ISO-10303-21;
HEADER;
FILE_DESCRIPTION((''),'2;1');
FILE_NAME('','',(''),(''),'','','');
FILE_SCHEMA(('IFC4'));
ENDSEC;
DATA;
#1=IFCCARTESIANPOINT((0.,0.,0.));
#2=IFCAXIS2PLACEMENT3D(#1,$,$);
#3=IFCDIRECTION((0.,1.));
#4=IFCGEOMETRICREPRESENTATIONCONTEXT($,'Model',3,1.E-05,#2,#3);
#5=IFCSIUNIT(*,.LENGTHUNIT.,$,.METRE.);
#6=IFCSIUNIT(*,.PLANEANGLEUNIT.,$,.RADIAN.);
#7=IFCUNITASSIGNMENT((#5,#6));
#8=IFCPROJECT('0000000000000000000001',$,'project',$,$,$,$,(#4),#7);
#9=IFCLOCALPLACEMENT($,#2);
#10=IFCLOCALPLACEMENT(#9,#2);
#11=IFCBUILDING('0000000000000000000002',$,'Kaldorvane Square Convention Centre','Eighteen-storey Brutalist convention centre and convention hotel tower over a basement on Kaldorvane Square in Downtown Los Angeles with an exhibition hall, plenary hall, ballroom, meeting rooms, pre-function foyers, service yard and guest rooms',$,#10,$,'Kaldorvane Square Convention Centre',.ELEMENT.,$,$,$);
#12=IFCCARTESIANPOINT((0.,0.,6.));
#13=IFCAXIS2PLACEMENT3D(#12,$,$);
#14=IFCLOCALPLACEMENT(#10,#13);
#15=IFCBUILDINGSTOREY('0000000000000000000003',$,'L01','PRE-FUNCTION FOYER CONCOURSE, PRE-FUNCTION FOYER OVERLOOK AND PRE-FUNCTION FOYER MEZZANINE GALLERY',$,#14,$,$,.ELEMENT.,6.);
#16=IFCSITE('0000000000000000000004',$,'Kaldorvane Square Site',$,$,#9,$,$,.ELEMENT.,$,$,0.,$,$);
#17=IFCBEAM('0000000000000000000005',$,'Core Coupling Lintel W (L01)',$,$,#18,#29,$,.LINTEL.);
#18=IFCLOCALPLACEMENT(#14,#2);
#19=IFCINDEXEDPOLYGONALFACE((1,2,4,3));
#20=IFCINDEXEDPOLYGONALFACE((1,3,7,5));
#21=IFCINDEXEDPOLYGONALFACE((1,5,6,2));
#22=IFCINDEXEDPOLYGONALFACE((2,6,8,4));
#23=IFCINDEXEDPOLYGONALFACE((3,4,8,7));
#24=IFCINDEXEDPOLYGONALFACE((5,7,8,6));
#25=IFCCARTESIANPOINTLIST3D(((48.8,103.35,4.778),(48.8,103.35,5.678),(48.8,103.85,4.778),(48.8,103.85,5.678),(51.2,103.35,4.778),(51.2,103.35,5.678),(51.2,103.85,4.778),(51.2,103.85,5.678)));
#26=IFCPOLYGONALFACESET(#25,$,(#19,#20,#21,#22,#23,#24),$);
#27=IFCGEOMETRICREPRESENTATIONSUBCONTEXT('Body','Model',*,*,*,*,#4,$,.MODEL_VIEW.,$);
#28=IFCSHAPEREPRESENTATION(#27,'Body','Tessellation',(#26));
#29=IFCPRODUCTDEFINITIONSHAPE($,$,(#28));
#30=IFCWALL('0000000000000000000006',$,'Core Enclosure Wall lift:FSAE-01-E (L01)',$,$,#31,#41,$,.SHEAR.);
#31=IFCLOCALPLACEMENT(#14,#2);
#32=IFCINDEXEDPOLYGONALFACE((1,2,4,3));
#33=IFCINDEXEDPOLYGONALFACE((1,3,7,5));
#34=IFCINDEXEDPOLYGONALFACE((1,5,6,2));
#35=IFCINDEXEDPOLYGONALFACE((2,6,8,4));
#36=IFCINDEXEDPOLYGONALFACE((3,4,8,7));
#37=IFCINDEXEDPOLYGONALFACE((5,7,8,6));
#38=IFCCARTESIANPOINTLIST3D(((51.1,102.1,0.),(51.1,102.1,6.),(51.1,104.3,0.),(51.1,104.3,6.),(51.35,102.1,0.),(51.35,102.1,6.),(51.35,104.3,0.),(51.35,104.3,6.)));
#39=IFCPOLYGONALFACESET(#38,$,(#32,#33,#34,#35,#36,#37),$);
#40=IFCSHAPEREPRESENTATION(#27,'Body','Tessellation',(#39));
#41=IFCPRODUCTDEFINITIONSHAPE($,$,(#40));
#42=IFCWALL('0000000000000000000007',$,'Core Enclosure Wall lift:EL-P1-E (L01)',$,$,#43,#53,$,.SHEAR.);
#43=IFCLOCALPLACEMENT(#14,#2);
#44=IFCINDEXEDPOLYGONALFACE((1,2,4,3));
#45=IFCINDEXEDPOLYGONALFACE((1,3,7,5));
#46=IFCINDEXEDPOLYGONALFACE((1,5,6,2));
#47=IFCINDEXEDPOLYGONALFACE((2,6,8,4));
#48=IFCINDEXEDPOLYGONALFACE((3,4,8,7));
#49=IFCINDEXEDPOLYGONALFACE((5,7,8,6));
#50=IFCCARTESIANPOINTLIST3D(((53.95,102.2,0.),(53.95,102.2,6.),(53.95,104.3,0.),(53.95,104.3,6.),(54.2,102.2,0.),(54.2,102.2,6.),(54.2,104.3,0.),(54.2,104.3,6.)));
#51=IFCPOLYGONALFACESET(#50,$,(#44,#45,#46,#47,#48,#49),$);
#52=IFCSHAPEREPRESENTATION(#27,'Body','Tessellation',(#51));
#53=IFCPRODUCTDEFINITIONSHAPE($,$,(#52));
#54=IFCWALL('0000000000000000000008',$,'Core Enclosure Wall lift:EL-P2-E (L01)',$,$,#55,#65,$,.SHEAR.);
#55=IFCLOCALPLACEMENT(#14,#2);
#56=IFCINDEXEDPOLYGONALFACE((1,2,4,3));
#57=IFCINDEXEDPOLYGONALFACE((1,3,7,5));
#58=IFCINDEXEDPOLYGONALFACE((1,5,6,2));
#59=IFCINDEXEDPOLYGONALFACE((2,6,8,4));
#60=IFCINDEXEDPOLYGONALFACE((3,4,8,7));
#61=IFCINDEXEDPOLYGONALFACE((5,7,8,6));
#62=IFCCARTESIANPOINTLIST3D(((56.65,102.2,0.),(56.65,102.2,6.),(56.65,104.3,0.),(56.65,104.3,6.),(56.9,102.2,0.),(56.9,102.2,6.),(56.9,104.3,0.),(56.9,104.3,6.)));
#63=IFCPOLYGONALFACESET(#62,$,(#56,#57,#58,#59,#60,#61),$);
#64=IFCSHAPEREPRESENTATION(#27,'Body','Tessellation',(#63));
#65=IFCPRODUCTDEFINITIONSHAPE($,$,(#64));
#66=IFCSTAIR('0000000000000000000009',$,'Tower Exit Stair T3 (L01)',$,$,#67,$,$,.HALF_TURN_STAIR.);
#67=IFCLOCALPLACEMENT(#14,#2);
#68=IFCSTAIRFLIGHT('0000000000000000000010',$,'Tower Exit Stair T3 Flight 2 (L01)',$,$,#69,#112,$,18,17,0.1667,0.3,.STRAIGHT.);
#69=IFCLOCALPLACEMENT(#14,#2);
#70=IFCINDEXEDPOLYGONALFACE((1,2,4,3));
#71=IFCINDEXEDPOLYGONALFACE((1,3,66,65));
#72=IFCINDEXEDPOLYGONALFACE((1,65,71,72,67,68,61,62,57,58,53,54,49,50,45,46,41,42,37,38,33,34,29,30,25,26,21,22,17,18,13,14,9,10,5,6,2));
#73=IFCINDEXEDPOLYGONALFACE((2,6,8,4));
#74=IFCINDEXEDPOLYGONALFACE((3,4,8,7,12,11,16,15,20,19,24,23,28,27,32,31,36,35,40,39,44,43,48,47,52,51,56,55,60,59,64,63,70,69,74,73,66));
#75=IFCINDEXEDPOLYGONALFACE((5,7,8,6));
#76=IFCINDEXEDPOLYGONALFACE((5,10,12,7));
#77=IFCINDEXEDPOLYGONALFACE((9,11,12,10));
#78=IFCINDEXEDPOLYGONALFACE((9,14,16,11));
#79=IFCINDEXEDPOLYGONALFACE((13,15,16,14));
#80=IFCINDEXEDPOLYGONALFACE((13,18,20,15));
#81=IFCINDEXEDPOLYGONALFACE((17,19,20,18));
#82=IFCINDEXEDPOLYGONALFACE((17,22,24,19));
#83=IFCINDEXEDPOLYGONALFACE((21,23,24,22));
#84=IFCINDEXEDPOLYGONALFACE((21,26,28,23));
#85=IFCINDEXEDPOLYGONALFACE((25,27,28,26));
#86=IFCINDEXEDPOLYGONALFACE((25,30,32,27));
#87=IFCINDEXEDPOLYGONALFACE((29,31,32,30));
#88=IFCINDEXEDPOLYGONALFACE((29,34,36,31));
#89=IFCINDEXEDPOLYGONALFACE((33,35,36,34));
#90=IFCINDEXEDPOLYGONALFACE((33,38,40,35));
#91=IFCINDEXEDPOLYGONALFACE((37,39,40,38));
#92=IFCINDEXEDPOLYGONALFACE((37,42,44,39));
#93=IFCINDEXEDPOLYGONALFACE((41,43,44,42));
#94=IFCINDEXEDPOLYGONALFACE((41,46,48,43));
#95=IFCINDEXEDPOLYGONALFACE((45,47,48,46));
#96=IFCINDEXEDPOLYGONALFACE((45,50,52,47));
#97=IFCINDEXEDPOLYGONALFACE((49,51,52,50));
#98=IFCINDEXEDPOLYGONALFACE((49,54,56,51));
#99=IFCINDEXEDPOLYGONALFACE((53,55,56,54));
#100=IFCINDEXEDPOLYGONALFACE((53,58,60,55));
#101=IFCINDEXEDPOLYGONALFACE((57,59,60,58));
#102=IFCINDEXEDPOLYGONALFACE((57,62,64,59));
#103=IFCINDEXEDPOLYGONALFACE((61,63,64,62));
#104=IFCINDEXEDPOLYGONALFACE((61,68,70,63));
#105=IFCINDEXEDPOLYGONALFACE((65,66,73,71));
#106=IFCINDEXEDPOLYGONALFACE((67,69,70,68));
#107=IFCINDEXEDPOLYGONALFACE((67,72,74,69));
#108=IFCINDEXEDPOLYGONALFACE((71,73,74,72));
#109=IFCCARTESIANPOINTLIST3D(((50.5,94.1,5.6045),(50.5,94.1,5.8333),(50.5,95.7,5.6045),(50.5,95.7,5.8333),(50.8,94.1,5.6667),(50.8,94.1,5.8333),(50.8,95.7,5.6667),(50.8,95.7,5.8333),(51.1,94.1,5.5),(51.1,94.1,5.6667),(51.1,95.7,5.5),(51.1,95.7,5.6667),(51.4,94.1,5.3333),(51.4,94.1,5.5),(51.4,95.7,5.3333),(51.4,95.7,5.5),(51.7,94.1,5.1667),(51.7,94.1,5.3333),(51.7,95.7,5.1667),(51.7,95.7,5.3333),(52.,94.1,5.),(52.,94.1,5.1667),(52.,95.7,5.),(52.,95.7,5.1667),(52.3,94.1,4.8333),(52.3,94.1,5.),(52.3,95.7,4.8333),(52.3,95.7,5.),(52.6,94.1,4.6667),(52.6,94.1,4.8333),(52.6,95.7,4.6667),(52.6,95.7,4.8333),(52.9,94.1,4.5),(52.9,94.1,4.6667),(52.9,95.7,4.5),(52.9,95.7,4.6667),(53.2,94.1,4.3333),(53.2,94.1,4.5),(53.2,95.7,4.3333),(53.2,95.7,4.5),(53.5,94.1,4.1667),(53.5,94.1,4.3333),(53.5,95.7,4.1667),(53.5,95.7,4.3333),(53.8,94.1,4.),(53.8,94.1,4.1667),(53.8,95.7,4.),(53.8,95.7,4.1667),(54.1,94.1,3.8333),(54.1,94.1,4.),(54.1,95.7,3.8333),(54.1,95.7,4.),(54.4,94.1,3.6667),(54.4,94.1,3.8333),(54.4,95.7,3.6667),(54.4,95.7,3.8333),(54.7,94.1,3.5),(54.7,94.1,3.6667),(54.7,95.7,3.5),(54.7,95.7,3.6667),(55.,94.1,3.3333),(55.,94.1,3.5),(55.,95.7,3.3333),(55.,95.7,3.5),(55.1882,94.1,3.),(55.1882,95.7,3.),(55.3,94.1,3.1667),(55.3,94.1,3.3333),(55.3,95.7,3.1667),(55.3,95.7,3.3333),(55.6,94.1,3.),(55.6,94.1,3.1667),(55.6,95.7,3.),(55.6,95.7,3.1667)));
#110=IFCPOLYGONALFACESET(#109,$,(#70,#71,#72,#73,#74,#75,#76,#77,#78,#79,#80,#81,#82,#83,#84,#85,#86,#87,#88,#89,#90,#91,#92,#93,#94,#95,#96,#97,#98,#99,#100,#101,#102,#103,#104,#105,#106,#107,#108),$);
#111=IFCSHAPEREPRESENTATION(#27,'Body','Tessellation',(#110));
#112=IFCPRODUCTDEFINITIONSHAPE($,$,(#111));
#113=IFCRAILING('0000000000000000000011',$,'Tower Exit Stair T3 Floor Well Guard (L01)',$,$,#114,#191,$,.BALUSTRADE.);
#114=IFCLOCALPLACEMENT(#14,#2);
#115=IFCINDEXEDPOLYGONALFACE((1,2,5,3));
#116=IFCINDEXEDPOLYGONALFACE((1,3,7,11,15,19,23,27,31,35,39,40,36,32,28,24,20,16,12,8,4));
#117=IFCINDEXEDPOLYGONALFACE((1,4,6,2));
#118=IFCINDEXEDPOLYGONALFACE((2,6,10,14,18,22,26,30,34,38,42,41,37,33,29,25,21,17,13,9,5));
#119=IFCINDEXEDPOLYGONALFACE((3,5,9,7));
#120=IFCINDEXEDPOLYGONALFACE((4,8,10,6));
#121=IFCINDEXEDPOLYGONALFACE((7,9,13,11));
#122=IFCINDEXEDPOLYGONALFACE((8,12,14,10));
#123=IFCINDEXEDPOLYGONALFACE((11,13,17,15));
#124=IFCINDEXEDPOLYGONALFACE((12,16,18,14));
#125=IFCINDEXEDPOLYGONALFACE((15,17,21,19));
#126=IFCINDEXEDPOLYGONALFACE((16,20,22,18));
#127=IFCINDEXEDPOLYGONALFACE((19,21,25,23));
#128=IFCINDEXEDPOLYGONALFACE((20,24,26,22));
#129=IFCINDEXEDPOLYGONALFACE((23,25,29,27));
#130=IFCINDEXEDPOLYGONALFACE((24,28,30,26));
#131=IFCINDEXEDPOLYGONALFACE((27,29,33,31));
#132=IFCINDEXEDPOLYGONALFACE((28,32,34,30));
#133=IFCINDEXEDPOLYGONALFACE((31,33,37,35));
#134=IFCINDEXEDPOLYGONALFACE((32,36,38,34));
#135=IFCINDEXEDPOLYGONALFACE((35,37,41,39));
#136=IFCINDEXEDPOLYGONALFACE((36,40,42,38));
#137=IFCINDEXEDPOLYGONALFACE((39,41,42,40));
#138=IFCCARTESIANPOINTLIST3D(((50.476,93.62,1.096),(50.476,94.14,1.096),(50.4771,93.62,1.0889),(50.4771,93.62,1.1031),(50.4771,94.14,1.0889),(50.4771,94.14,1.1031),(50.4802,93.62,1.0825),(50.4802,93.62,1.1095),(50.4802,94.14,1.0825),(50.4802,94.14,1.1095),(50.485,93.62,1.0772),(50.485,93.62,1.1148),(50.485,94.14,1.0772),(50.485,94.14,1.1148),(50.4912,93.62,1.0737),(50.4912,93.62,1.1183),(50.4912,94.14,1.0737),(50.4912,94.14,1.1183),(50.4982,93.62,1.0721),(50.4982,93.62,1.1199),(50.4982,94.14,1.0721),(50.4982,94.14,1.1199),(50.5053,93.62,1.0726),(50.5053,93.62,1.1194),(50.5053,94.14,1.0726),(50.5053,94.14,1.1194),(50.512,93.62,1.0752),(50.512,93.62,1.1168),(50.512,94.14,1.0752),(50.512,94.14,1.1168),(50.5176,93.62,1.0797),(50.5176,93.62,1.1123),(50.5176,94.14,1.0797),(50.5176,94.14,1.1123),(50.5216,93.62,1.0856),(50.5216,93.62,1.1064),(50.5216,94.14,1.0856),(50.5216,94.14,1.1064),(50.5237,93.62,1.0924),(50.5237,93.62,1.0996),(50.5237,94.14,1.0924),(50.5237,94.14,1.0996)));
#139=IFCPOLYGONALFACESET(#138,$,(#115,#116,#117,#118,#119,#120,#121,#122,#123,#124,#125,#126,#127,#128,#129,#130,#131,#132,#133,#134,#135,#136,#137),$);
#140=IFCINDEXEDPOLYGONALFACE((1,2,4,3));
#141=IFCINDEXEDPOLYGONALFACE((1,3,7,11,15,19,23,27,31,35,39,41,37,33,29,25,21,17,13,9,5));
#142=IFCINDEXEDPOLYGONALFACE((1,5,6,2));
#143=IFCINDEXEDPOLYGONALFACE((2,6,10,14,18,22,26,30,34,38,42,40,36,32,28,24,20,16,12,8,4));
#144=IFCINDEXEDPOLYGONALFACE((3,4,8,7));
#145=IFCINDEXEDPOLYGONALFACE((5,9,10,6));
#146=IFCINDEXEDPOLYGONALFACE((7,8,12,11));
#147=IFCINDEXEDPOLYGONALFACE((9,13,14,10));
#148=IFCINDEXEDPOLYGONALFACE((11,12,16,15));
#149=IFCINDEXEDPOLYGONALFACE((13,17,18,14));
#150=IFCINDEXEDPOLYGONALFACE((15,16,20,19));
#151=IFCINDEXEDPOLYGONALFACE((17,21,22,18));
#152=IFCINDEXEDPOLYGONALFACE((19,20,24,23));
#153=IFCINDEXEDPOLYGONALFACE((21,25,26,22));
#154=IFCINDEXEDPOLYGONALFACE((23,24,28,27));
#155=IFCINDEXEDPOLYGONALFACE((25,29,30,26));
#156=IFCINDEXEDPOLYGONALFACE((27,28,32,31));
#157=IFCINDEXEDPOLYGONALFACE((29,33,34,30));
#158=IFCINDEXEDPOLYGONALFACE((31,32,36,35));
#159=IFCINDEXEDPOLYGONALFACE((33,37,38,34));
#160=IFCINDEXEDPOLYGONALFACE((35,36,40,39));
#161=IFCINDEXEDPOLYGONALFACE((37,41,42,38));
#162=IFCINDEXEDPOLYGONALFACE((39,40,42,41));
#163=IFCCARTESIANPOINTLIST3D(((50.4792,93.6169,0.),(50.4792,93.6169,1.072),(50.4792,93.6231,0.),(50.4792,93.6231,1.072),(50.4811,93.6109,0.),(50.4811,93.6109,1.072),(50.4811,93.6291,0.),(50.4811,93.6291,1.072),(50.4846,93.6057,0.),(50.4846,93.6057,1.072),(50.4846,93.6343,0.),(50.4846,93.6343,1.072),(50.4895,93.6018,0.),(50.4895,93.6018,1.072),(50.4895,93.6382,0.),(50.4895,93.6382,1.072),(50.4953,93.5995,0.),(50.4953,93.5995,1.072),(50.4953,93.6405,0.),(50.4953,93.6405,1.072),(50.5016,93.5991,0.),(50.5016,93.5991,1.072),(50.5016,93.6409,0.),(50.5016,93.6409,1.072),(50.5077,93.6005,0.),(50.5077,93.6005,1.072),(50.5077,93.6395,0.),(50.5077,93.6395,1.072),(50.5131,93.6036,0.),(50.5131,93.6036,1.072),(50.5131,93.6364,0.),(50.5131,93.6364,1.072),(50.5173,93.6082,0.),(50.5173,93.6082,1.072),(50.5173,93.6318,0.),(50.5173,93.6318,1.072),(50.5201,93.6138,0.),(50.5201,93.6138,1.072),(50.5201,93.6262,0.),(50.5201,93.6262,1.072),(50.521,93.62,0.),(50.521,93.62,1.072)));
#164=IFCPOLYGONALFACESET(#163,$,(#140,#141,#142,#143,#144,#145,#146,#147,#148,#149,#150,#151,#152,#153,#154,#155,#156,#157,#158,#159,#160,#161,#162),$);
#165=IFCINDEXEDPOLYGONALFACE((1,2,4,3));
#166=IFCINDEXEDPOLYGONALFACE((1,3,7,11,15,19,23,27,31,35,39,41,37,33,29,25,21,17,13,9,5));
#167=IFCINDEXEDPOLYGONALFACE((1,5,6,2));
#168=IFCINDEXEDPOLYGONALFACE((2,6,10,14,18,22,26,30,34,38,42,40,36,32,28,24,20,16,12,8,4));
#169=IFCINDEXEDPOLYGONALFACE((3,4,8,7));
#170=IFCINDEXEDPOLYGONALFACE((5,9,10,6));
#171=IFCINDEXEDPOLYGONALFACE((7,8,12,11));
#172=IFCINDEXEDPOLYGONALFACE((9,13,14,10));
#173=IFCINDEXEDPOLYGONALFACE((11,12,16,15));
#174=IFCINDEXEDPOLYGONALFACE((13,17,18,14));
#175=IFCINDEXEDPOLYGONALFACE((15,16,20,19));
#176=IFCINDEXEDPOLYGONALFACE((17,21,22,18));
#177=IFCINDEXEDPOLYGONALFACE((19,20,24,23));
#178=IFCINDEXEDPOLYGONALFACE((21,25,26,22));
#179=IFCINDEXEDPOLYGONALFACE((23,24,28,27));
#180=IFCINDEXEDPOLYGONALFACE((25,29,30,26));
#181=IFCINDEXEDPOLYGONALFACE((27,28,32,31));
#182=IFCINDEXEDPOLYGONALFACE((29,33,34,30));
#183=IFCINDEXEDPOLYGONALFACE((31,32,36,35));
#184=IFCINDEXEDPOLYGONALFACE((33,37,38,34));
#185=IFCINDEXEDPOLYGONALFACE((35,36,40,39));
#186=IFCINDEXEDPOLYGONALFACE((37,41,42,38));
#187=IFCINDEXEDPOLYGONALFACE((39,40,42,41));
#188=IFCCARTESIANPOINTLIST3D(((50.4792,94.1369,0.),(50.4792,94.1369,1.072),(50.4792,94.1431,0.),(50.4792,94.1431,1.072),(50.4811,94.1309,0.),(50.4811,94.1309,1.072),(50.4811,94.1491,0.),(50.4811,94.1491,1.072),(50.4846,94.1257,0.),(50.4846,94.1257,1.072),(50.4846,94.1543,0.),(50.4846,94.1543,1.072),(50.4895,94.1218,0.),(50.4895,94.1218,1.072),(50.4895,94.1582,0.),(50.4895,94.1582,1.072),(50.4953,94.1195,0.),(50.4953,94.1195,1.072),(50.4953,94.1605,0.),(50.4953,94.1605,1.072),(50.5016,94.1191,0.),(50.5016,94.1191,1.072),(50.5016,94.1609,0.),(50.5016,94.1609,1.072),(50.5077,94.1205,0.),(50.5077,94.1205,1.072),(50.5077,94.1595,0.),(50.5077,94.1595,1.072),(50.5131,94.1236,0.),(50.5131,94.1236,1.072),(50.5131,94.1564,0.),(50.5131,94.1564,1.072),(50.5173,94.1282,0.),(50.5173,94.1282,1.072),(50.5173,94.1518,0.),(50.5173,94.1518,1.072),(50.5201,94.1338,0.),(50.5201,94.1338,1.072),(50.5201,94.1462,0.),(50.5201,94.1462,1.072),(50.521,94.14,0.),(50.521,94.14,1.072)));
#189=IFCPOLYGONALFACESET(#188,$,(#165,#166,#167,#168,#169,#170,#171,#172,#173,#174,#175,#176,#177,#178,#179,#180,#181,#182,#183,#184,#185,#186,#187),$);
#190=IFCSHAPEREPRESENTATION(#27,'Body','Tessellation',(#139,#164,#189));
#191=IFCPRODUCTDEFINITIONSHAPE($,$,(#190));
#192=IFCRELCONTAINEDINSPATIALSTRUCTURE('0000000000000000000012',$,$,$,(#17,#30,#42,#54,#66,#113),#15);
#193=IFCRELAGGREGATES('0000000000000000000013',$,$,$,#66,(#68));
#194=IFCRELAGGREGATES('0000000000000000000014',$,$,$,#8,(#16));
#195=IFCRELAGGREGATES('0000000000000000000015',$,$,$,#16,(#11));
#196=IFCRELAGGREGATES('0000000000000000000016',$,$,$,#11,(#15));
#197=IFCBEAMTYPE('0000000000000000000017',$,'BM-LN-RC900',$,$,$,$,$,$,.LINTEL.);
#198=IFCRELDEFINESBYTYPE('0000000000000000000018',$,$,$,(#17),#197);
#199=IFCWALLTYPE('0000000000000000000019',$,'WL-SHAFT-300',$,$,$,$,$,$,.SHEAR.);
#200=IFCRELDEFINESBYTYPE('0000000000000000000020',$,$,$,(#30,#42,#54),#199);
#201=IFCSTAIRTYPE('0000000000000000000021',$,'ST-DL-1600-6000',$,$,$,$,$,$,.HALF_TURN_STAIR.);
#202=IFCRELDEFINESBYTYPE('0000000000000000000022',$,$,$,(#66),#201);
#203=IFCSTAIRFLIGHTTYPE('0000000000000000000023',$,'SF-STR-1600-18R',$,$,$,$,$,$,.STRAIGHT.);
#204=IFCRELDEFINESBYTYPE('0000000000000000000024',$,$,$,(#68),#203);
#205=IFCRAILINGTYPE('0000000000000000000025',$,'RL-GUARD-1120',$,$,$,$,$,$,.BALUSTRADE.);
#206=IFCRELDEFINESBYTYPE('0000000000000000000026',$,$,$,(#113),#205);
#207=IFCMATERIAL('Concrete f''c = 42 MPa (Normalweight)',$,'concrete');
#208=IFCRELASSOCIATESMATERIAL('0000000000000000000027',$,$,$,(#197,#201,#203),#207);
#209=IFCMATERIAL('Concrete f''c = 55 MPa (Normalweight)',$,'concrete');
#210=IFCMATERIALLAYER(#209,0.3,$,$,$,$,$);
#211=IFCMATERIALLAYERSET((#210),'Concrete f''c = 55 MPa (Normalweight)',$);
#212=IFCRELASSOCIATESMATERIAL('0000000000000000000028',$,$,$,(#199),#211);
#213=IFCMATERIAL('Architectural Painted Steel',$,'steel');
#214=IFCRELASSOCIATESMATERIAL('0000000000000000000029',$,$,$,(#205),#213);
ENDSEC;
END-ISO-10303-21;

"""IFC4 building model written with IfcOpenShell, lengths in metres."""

from ifc_helpers import new_model, si_unit, direction, frame, frame_2d, origin, origin_2d, place, context, subcontext, project, spatial, polyline, rectangle, circle, outline, extrude, material, layer, layer_set, material_profile, profile_set, type_object, element, aggregate, save


model = new_model("IFC4")

# Units and contexts
model_context = context("Model", 3, precision=1e-05, world=origin(), true_north=direction((0.0, 1.0)))
body_context = subcontext(model_context, "Body", "Model", "MODEL_VIEW")
ifc_project = project(units=[si_unit("LENGTHUNIT", "METRE"), si_unit("PLANEANGLEUNIT", "RADIAN")], contexts=[model_context])

# Site, building, storey
site_placement = place(None, origin())
site = spatial("IfcSite", under=ifc_project, at=site_placement, Name="Kaldorvane Square Site", CompositionType="ELEMENT", RefElevation=0.0)
building_placement = place(site_placement, origin())
building = spatial("IfcBuilding", under=site, at=building_placement, Name="Kaldorvane Square Convention Centre", Description="Eighteen-storey Brutalist convention centre and convention hotel tower over a basement on Kaldorvane Square in Downtown Los Angeles with an exhibition hall, plenary hall, ballroom, meeting rooms, pre-function foyers, service yard and guest rooms", LongName="Kaldorvane Square Convention Centre", CompositionType="ELEMENT")
storey_placement = place(building_placement, frame((0.0, 0.0, 6.0)))
storey = spatial("IfcBuildingStorey", under=building, at=storey_placement, Name="L01", Description="PRE-FUNCTION FOYER CONCOURSE, PRE-FUNCTION FOYER OVERLOOK AND PRE-FUNCTION FOYER MEZZANINE GALLERY", CompositionType="ELEMENT", Elevation=6.0)

# Beam
ifc_material_1 = material(Name="Concrete f'c = 42 MPa (Normalweight)", Category="concrete")
ifc_material_profile = material_profile(ifc_material_1, rectangle(XDim=0.5, YDim=0.9, at=origin_2d()), Name="RCLN900X500")
ifc_profile_set = profile_set([ifc_material_profile], Name="Concrete f'c = 42 MPa (Normalweight)")
beam_type = type_object("IfcBeamType", Name="BM-LN-RC900", PredefinedType="LINTEL", material=ifc_profile_set)
beam_placement = place(storey_placement, frame((48.8, 103.6, 5.228), z_axis=(1.0, 0.0, 0.0), x_axis=(0.0, 1.0, 0.0)))
element("IfcBeam", 1, at=beam_placement, inside=storey, type_object=beam_type, Name="Core Coupling Lintel W (L01)", PredefinedType="LINTEL", context=body_context, shape_type="SweptSolid", body=[
    extrude(rectangle(XDim=0.5, YDim=0.9, at=origin_2d()), origin(), (0.0, 0.0, 1.0), 2.4),
])

# Shared definitions
ifc_material_2 = material(Name="Concrete f'c = 55 MPa (Normalweight)", Category="concrete")
ifc_layer = layer(ifc_material_2, 0.3)
ifc_layer_set = layer_set([ifc_layer], Name="Concrete f'c = 55 MPa (Normalweight)")
wall_type = type_object("IfcWallType", Name="WL-SHAFT-300", PredefinedType="SHEAR", material=ifc_layer_set)

# Wall
wall_1_placement = place(storey_placement, frame((51.225, 102.1, 0.0), z_axis=(0.0, 0.0, 1.0), x_axis=(0.0, 1.0, 0.0)))
element("IfcWall", 2, at=wall_1_placement, inside=storey, type_object=wall_type, Name="Core Enclosure Wall lift:FSAE-01-E (L01)", PredefinedType="SHEAR", context=body_context, shape_type="SweptSolid", body=[
    extrude(rectangle(XDim=2.2, YDim=0.25, at=frame_2d((1.1, 0.0))), origin(), (0.0, 0.0, 1.0), 6.0),
])

# Wall
wall_2_placement = place(storey_placement, frame((54.075, 102.2, 0.0), z_axis=(0.0, 0.0, 1.0), x_axis=(0.0, 1.0, 0.0)))
element("IfcWall", 3, at=wall_2_placement, inside=storey, type_object=wall_type, Name="Core Enclosure Wall lift:EL-P1-E (L01)", PredefinedType="SHEAR", context=body_context, shape_type="SweptSolid", body=[
    extrude(rectangle(XDim=2.1, YDim=0.25, at=frame_2d((1.05, 0.0))), origin(), (0.0, 0.0, 1.0), 6.0),
])

# Wall
wall_3_placement = place(storey_placement, frame((56.775, 102.2, 0.0), z_axis=(0.0, 0.0, 1.0), x_axis=(0.0, 1.0, 0.0)))
element("IfcWall", 4, at=wall_3_placement, inside=storey, type_object=wall_type, Name="Core Enclosure Wall lift:EL-P2-E (L01)", PredefinedType="SHEAR", context=body_context, shape_type="SweptSolid", body=[
    extrude(rectangle(XDim=2.1, YDim=0.25, at=frame_2d((1.05, 0.0))), origin(), (0.0, 0.0, 1.0), 6.0),
])

# Stair, stair flight
stair_type = type_object("IfcStairType", Name="ST-DL-1600-6000", PredefinedType="HALF_TURN_STAIR", material=ifc_material_1)
stair_placement = place(storey_placement, origin())
stair = element("IfcStair", 5, at=stair_placement, inside=storey, type_object=stair_type, Name="Tower Exit Stair T3 (L01)", PredefinedType="HALF_TURN_STAIR")
stair_flight_type = type_object("IfcStairFlightType", Name="SF-STR-1600-18R", PredefinedType="STRAIGHT", material=ifc_material_1)
stair_flight_placement = place(storey_placement, frame((55.6, 94.9, 3.0), z_axis=(0.0, 0.0, 1.0), x_axis=(-1.0, 0.0, 0.0)))
stair_flight = element("IfcStairFlight", 6, at=stair_flight_placement, type_object=stair_flight_type, Name="Tower Exit Stair T3 Flight 2 (L01)", NumberOfRisers=18, NumberOfTreads=17, PredefinedType="STRAIGHT", RiserHeight=0.1667, TreadLength=0.3, context=body_context, shape_type="SweptSolid", body=[
    extrude(outline(polyline([(0.0, 0.0), (0.0, 0.1667), (0.3, 0.1667), (0.3, 0.3333), (0.6, 0.3333), (0.6, 0.5), (0.9, 0.5), (0.9, 0.6667), (1.2, 0.6667), (1.2, 0.8333), (1.5, 0.8333), (1.5, 1.0), (1.8, 1.0), (1.8, 1.1667), (2.1, 1.1667), (2.1, 1.3333), (2.4, 1.3333), (2.4, 1.5), (2.7, 1.5), (2.7, 1.6667), (3.0, 1.6667), (3.0, 1.8333), (3.3, 1.8333), (3.3, 2.0), (3.6, 2.0), (3.6, 2.1667), (3.9, 2.1667), (3.9, 2.3333), (4.2, 2.3333), (4.2, 2.5), (4.5, 2.5), (4.5, 2.6667), (4.8, 2.6667), (4.8, 2.8333), (5.1, 2.8333), (5.1, 3.0), (5.1, 2.6045), (0.4118, 0.0), (0.0, 0.0)])), frame((0.0, 0.8, 0.0), z_axis=(0.0, -1.0, 0.0), x_axis=(1.0, 0.0, 0.0)), (0.0, 0.0, 1.0), 1.6),
])
aggregate(stair, [stair_flight])

# Railing
ifc_material_3 = material(Name="Architectural Painted Steel", Category="steel")
railing_type_1 = type_object("IfcRailingType", Name="RL-GUARD-1120", PredefinedType="BALUSTRADE", material=ifc_material_3)
for number, where, name in (
    (7, (50.5, 93.62, 0.0), "Tower Exit Stair T3 Floor Well Guard (L01)"),
):
    element("IfcRailing", number, at=place(storey_placement, frame(where)), inside=storey, type_object=railing_type_1, Name=name, PredefinedType="BALUSTRADE", context=body_context, shape_type="SweptSolid", body=[
        extrude(circle(Radius=0.024, at=origin_2d()), frame((0.0, 0.0, 1.096), z_axis=(0.0, 1.0, 0.0), x_axis=(-1.0, 0.0, 0.0)), (0.0, 0.0, 1.0), 0.52),
        extrude(circle(Radius=0.021, at=origin_2d()), origin(), (0.0, 0.0, 1.0), 1.072),
        extrude(circle(Radius=0.021, at=origin_2d()), frame((0.0, 0.52, 0.0)), (0.0, 0.0, 1.0), 1.072),
    ])

save(model, "model.ifc")
